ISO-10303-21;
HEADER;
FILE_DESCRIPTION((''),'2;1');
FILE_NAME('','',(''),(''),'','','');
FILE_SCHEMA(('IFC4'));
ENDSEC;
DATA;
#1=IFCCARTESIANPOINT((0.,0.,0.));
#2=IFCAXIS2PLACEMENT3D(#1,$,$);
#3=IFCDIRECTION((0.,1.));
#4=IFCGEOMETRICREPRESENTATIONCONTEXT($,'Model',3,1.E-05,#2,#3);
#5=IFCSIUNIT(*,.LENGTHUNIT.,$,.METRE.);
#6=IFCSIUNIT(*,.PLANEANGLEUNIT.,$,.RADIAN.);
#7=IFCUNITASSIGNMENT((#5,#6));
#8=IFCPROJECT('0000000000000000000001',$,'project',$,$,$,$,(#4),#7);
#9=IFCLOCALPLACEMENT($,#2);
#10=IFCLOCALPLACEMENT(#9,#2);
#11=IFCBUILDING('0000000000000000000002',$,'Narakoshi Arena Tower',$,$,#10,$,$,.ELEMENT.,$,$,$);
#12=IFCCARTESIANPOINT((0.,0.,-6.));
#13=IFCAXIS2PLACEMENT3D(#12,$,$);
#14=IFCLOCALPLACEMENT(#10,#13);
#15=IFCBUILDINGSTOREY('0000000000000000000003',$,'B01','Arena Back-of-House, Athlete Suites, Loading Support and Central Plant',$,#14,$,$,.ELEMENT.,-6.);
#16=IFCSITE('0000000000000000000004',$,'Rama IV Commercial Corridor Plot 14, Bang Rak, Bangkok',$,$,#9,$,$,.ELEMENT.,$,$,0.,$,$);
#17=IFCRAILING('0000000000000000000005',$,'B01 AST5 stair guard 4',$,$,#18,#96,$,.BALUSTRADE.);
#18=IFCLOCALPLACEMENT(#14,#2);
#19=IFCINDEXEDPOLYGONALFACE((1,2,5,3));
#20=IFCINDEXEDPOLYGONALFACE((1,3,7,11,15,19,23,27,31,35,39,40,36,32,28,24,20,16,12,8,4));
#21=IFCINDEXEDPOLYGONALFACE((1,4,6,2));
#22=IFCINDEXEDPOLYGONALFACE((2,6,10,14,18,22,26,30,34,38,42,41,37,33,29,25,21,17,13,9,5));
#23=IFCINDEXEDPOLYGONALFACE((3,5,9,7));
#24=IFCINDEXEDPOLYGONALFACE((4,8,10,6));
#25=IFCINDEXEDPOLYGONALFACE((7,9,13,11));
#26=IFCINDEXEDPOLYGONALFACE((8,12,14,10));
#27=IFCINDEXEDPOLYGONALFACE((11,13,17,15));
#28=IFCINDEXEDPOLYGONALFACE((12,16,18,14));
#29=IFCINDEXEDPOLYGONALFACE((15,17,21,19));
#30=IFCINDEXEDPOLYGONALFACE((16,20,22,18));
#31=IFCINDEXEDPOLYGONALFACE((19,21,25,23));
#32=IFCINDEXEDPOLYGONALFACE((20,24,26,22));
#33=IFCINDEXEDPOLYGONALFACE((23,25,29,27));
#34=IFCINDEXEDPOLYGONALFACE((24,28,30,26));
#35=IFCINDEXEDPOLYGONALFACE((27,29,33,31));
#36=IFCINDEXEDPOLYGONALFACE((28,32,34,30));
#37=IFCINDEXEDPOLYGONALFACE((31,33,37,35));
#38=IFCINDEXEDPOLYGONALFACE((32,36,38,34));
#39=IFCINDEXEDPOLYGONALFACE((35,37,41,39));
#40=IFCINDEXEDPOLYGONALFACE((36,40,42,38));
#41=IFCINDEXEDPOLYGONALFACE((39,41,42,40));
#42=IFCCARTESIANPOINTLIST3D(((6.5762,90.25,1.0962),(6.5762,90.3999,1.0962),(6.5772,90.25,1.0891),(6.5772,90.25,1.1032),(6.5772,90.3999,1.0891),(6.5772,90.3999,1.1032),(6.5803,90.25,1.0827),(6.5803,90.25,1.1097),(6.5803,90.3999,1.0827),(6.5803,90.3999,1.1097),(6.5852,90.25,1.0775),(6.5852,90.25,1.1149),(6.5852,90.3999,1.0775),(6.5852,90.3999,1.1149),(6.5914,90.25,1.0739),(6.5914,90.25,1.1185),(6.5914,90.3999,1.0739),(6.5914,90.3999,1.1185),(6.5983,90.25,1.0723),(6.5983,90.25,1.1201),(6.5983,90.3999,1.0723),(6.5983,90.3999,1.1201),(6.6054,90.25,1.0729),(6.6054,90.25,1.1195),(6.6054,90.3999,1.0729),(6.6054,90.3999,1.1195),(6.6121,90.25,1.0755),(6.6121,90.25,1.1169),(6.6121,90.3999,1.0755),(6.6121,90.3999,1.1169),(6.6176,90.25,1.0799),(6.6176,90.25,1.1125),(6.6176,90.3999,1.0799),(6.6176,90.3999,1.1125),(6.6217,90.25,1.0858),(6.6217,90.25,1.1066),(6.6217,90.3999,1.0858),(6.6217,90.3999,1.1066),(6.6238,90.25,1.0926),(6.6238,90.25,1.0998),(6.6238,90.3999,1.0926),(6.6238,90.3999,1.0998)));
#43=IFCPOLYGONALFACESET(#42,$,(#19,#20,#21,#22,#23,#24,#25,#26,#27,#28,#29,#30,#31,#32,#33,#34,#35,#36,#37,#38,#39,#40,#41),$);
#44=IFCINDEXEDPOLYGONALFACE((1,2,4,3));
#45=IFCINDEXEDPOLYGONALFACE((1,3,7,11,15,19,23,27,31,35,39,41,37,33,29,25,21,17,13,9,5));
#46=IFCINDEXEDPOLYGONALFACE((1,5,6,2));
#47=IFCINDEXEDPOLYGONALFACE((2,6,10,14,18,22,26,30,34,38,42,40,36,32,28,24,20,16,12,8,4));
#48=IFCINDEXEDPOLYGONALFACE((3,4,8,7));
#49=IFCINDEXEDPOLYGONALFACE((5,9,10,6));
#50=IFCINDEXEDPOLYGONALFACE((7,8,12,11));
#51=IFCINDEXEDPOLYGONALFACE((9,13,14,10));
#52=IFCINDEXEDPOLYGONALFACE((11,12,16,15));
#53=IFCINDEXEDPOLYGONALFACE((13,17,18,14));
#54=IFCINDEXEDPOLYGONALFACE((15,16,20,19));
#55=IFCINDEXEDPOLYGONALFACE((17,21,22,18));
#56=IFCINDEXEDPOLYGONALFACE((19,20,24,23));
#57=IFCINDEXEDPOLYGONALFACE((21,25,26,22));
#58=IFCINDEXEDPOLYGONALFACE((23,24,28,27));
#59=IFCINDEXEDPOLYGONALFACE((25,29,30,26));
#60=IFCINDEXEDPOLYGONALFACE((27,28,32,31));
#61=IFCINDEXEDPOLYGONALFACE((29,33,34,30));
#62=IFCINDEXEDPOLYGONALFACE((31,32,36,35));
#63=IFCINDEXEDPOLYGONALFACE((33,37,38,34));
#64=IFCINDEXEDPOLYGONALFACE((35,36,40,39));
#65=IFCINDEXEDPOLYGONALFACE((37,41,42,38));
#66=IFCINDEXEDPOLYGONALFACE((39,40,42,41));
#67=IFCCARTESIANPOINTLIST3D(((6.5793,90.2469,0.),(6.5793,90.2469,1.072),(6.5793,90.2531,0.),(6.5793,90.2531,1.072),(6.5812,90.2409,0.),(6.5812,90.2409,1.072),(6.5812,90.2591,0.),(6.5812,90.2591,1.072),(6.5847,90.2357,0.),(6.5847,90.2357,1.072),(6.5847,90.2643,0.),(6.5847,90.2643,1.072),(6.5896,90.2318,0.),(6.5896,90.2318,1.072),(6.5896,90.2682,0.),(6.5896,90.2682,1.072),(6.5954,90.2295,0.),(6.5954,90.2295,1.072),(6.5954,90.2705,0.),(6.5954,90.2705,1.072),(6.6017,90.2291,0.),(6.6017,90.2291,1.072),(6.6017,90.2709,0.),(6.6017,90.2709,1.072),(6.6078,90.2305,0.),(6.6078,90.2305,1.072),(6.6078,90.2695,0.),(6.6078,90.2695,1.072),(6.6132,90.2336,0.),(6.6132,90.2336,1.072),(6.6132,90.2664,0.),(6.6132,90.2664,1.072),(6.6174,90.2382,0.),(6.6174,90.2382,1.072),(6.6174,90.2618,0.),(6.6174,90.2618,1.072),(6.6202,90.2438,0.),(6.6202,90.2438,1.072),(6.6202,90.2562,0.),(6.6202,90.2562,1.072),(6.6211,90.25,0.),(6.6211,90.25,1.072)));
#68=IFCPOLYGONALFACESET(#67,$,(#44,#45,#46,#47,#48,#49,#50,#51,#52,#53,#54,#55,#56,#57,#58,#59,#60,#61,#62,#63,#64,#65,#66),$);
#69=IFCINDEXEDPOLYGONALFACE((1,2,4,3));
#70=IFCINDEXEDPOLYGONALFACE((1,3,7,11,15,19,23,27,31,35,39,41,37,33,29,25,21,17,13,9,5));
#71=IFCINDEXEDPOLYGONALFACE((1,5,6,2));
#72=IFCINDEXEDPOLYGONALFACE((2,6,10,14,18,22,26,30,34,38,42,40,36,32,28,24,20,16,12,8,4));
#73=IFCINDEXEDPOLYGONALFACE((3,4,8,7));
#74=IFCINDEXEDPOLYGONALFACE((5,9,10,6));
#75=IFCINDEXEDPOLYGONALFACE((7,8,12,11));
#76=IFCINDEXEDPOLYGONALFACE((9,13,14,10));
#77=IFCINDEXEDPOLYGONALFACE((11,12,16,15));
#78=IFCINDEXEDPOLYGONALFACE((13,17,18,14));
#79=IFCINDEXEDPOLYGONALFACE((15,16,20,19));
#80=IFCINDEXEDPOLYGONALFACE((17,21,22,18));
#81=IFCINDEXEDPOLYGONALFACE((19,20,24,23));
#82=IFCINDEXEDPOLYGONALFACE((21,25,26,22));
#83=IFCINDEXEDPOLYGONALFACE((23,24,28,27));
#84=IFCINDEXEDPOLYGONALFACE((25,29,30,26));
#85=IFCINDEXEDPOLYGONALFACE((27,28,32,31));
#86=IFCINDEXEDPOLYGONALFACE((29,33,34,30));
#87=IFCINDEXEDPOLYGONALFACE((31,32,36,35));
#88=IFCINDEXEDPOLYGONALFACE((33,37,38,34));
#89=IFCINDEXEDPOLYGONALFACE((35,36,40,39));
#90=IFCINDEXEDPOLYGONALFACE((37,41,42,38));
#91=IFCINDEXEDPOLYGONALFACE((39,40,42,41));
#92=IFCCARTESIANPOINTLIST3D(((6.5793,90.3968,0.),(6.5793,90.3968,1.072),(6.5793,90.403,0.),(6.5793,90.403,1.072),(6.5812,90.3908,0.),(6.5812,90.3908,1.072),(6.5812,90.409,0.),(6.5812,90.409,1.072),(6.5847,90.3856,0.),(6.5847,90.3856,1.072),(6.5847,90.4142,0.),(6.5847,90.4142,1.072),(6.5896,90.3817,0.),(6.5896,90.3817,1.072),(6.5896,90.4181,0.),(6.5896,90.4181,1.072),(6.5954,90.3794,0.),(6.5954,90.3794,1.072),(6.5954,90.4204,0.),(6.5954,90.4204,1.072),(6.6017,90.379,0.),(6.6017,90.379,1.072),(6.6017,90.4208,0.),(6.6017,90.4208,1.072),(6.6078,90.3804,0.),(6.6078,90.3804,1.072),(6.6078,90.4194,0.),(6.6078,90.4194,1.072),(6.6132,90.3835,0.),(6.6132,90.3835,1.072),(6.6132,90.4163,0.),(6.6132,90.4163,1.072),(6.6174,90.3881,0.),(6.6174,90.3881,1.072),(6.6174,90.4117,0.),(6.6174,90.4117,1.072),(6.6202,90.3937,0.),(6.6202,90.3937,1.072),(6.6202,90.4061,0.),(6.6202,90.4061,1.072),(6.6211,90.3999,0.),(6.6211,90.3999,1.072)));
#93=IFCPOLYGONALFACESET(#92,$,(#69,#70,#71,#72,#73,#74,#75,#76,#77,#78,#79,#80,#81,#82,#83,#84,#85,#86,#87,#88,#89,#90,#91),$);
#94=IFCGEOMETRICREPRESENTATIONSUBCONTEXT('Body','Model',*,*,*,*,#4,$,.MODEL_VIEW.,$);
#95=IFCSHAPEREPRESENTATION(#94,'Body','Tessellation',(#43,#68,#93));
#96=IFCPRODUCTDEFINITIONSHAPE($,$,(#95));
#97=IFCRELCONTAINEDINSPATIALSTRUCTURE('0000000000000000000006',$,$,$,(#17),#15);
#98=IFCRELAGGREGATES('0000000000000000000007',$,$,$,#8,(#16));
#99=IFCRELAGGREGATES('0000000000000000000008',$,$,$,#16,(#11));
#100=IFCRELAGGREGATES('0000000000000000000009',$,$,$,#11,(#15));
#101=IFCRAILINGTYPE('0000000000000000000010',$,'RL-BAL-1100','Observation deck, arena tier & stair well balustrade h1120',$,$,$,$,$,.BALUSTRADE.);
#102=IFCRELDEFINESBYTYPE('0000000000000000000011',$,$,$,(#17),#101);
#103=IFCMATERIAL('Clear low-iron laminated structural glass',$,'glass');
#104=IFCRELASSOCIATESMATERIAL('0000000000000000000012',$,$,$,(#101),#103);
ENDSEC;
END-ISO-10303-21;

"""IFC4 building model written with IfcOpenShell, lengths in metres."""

from ifc_helpers import new_model, si_unit, direction, frame, origin, origin_2d, place, context, subcontext, project, spatial, circle, extrude, material, type_object, element, save


model = new_model("IFC4")

# Units and contexts
model_context = context("Model", 3, precision=1e-05, world=origin(), true_north=direction((0.0, 1.0)))
body_context = subcontext(model_context, "Body", "Model", "MODEL_VIEW")
ifc_project = project(units=[si_unit("LENGTHUNIT", "METRE"), si_unit("PLANEANGLEUNIT", "RADIAN")], contexts=[model_context])

# Site, building, storey
site_placement = place(None, origin())
site = spatial("IfcSite", under=ifc_project, at=site_placement, Name="Rama IV Commercial Corridor Plot 14, Bang Rak, Bangkok", CompositionType="ELEMENT", RefElevation=0.0)
building_placement = place(site_placement, origin())
building = spatial("IfcBuilding", under=site, at=building_placement, Name="Narakoshi Arena Tower", CompositionType="ELEMENT")
storey_placement = place(building_placement, frame((0.0, 0.0, -6.0)))
storey = spatial("IfcBuildingStorey", under=building, at=storey_placement, Name="B01", Description="Arena Back-of-House, Athlete Suites, Loading Support and Central Plant", CompositionType="ELEMENT", Elevation=-6.0)

# Railing
ifc_material_1 = material(Name="Clear low-iron laminated structural glass", Category="glass")
railing_type_1 = type_object("IfcRailingType", Name="RL-BAL-1100", Description="Observation deck, arena tier & stair well balustrade h1120", PredefinedType="BALUSTRADE", material=ifc_material_1)
railing_1_placement = place(storey_placement, frame((6.6001, 90.25, 0.0)))
element("IfcRailing", 1, at=railing_1_placement, inside=storey, type_object=railing_type_1, Name="B01 AST5 stair guard 4", PredefinedType="BALUSTRADE", context=body_context, shape_type="SweptSolid", body=[
    extrude(circle(Radius=0.0239, at=origin_2d()), frame((0.0, 0.0, 1.0962), z_axis=(0.0, 1.0, 0.0), x_axis=(-1.0, 0.0, 0.0)), (0.0, 0.0, 1.0), 0.1499),
    extrude(circle(Radius=0.021, at=origin_2d()), origin(), (0.0, 0.0, 1.0), 1.072),
    extrude(circle(Radius=0.021, at=origin_2d()), frame((0.0, 0.1499, 0.0)), (0.0, 0.0, 1.0), 1.072),
])

save(model, "model.ifc")
